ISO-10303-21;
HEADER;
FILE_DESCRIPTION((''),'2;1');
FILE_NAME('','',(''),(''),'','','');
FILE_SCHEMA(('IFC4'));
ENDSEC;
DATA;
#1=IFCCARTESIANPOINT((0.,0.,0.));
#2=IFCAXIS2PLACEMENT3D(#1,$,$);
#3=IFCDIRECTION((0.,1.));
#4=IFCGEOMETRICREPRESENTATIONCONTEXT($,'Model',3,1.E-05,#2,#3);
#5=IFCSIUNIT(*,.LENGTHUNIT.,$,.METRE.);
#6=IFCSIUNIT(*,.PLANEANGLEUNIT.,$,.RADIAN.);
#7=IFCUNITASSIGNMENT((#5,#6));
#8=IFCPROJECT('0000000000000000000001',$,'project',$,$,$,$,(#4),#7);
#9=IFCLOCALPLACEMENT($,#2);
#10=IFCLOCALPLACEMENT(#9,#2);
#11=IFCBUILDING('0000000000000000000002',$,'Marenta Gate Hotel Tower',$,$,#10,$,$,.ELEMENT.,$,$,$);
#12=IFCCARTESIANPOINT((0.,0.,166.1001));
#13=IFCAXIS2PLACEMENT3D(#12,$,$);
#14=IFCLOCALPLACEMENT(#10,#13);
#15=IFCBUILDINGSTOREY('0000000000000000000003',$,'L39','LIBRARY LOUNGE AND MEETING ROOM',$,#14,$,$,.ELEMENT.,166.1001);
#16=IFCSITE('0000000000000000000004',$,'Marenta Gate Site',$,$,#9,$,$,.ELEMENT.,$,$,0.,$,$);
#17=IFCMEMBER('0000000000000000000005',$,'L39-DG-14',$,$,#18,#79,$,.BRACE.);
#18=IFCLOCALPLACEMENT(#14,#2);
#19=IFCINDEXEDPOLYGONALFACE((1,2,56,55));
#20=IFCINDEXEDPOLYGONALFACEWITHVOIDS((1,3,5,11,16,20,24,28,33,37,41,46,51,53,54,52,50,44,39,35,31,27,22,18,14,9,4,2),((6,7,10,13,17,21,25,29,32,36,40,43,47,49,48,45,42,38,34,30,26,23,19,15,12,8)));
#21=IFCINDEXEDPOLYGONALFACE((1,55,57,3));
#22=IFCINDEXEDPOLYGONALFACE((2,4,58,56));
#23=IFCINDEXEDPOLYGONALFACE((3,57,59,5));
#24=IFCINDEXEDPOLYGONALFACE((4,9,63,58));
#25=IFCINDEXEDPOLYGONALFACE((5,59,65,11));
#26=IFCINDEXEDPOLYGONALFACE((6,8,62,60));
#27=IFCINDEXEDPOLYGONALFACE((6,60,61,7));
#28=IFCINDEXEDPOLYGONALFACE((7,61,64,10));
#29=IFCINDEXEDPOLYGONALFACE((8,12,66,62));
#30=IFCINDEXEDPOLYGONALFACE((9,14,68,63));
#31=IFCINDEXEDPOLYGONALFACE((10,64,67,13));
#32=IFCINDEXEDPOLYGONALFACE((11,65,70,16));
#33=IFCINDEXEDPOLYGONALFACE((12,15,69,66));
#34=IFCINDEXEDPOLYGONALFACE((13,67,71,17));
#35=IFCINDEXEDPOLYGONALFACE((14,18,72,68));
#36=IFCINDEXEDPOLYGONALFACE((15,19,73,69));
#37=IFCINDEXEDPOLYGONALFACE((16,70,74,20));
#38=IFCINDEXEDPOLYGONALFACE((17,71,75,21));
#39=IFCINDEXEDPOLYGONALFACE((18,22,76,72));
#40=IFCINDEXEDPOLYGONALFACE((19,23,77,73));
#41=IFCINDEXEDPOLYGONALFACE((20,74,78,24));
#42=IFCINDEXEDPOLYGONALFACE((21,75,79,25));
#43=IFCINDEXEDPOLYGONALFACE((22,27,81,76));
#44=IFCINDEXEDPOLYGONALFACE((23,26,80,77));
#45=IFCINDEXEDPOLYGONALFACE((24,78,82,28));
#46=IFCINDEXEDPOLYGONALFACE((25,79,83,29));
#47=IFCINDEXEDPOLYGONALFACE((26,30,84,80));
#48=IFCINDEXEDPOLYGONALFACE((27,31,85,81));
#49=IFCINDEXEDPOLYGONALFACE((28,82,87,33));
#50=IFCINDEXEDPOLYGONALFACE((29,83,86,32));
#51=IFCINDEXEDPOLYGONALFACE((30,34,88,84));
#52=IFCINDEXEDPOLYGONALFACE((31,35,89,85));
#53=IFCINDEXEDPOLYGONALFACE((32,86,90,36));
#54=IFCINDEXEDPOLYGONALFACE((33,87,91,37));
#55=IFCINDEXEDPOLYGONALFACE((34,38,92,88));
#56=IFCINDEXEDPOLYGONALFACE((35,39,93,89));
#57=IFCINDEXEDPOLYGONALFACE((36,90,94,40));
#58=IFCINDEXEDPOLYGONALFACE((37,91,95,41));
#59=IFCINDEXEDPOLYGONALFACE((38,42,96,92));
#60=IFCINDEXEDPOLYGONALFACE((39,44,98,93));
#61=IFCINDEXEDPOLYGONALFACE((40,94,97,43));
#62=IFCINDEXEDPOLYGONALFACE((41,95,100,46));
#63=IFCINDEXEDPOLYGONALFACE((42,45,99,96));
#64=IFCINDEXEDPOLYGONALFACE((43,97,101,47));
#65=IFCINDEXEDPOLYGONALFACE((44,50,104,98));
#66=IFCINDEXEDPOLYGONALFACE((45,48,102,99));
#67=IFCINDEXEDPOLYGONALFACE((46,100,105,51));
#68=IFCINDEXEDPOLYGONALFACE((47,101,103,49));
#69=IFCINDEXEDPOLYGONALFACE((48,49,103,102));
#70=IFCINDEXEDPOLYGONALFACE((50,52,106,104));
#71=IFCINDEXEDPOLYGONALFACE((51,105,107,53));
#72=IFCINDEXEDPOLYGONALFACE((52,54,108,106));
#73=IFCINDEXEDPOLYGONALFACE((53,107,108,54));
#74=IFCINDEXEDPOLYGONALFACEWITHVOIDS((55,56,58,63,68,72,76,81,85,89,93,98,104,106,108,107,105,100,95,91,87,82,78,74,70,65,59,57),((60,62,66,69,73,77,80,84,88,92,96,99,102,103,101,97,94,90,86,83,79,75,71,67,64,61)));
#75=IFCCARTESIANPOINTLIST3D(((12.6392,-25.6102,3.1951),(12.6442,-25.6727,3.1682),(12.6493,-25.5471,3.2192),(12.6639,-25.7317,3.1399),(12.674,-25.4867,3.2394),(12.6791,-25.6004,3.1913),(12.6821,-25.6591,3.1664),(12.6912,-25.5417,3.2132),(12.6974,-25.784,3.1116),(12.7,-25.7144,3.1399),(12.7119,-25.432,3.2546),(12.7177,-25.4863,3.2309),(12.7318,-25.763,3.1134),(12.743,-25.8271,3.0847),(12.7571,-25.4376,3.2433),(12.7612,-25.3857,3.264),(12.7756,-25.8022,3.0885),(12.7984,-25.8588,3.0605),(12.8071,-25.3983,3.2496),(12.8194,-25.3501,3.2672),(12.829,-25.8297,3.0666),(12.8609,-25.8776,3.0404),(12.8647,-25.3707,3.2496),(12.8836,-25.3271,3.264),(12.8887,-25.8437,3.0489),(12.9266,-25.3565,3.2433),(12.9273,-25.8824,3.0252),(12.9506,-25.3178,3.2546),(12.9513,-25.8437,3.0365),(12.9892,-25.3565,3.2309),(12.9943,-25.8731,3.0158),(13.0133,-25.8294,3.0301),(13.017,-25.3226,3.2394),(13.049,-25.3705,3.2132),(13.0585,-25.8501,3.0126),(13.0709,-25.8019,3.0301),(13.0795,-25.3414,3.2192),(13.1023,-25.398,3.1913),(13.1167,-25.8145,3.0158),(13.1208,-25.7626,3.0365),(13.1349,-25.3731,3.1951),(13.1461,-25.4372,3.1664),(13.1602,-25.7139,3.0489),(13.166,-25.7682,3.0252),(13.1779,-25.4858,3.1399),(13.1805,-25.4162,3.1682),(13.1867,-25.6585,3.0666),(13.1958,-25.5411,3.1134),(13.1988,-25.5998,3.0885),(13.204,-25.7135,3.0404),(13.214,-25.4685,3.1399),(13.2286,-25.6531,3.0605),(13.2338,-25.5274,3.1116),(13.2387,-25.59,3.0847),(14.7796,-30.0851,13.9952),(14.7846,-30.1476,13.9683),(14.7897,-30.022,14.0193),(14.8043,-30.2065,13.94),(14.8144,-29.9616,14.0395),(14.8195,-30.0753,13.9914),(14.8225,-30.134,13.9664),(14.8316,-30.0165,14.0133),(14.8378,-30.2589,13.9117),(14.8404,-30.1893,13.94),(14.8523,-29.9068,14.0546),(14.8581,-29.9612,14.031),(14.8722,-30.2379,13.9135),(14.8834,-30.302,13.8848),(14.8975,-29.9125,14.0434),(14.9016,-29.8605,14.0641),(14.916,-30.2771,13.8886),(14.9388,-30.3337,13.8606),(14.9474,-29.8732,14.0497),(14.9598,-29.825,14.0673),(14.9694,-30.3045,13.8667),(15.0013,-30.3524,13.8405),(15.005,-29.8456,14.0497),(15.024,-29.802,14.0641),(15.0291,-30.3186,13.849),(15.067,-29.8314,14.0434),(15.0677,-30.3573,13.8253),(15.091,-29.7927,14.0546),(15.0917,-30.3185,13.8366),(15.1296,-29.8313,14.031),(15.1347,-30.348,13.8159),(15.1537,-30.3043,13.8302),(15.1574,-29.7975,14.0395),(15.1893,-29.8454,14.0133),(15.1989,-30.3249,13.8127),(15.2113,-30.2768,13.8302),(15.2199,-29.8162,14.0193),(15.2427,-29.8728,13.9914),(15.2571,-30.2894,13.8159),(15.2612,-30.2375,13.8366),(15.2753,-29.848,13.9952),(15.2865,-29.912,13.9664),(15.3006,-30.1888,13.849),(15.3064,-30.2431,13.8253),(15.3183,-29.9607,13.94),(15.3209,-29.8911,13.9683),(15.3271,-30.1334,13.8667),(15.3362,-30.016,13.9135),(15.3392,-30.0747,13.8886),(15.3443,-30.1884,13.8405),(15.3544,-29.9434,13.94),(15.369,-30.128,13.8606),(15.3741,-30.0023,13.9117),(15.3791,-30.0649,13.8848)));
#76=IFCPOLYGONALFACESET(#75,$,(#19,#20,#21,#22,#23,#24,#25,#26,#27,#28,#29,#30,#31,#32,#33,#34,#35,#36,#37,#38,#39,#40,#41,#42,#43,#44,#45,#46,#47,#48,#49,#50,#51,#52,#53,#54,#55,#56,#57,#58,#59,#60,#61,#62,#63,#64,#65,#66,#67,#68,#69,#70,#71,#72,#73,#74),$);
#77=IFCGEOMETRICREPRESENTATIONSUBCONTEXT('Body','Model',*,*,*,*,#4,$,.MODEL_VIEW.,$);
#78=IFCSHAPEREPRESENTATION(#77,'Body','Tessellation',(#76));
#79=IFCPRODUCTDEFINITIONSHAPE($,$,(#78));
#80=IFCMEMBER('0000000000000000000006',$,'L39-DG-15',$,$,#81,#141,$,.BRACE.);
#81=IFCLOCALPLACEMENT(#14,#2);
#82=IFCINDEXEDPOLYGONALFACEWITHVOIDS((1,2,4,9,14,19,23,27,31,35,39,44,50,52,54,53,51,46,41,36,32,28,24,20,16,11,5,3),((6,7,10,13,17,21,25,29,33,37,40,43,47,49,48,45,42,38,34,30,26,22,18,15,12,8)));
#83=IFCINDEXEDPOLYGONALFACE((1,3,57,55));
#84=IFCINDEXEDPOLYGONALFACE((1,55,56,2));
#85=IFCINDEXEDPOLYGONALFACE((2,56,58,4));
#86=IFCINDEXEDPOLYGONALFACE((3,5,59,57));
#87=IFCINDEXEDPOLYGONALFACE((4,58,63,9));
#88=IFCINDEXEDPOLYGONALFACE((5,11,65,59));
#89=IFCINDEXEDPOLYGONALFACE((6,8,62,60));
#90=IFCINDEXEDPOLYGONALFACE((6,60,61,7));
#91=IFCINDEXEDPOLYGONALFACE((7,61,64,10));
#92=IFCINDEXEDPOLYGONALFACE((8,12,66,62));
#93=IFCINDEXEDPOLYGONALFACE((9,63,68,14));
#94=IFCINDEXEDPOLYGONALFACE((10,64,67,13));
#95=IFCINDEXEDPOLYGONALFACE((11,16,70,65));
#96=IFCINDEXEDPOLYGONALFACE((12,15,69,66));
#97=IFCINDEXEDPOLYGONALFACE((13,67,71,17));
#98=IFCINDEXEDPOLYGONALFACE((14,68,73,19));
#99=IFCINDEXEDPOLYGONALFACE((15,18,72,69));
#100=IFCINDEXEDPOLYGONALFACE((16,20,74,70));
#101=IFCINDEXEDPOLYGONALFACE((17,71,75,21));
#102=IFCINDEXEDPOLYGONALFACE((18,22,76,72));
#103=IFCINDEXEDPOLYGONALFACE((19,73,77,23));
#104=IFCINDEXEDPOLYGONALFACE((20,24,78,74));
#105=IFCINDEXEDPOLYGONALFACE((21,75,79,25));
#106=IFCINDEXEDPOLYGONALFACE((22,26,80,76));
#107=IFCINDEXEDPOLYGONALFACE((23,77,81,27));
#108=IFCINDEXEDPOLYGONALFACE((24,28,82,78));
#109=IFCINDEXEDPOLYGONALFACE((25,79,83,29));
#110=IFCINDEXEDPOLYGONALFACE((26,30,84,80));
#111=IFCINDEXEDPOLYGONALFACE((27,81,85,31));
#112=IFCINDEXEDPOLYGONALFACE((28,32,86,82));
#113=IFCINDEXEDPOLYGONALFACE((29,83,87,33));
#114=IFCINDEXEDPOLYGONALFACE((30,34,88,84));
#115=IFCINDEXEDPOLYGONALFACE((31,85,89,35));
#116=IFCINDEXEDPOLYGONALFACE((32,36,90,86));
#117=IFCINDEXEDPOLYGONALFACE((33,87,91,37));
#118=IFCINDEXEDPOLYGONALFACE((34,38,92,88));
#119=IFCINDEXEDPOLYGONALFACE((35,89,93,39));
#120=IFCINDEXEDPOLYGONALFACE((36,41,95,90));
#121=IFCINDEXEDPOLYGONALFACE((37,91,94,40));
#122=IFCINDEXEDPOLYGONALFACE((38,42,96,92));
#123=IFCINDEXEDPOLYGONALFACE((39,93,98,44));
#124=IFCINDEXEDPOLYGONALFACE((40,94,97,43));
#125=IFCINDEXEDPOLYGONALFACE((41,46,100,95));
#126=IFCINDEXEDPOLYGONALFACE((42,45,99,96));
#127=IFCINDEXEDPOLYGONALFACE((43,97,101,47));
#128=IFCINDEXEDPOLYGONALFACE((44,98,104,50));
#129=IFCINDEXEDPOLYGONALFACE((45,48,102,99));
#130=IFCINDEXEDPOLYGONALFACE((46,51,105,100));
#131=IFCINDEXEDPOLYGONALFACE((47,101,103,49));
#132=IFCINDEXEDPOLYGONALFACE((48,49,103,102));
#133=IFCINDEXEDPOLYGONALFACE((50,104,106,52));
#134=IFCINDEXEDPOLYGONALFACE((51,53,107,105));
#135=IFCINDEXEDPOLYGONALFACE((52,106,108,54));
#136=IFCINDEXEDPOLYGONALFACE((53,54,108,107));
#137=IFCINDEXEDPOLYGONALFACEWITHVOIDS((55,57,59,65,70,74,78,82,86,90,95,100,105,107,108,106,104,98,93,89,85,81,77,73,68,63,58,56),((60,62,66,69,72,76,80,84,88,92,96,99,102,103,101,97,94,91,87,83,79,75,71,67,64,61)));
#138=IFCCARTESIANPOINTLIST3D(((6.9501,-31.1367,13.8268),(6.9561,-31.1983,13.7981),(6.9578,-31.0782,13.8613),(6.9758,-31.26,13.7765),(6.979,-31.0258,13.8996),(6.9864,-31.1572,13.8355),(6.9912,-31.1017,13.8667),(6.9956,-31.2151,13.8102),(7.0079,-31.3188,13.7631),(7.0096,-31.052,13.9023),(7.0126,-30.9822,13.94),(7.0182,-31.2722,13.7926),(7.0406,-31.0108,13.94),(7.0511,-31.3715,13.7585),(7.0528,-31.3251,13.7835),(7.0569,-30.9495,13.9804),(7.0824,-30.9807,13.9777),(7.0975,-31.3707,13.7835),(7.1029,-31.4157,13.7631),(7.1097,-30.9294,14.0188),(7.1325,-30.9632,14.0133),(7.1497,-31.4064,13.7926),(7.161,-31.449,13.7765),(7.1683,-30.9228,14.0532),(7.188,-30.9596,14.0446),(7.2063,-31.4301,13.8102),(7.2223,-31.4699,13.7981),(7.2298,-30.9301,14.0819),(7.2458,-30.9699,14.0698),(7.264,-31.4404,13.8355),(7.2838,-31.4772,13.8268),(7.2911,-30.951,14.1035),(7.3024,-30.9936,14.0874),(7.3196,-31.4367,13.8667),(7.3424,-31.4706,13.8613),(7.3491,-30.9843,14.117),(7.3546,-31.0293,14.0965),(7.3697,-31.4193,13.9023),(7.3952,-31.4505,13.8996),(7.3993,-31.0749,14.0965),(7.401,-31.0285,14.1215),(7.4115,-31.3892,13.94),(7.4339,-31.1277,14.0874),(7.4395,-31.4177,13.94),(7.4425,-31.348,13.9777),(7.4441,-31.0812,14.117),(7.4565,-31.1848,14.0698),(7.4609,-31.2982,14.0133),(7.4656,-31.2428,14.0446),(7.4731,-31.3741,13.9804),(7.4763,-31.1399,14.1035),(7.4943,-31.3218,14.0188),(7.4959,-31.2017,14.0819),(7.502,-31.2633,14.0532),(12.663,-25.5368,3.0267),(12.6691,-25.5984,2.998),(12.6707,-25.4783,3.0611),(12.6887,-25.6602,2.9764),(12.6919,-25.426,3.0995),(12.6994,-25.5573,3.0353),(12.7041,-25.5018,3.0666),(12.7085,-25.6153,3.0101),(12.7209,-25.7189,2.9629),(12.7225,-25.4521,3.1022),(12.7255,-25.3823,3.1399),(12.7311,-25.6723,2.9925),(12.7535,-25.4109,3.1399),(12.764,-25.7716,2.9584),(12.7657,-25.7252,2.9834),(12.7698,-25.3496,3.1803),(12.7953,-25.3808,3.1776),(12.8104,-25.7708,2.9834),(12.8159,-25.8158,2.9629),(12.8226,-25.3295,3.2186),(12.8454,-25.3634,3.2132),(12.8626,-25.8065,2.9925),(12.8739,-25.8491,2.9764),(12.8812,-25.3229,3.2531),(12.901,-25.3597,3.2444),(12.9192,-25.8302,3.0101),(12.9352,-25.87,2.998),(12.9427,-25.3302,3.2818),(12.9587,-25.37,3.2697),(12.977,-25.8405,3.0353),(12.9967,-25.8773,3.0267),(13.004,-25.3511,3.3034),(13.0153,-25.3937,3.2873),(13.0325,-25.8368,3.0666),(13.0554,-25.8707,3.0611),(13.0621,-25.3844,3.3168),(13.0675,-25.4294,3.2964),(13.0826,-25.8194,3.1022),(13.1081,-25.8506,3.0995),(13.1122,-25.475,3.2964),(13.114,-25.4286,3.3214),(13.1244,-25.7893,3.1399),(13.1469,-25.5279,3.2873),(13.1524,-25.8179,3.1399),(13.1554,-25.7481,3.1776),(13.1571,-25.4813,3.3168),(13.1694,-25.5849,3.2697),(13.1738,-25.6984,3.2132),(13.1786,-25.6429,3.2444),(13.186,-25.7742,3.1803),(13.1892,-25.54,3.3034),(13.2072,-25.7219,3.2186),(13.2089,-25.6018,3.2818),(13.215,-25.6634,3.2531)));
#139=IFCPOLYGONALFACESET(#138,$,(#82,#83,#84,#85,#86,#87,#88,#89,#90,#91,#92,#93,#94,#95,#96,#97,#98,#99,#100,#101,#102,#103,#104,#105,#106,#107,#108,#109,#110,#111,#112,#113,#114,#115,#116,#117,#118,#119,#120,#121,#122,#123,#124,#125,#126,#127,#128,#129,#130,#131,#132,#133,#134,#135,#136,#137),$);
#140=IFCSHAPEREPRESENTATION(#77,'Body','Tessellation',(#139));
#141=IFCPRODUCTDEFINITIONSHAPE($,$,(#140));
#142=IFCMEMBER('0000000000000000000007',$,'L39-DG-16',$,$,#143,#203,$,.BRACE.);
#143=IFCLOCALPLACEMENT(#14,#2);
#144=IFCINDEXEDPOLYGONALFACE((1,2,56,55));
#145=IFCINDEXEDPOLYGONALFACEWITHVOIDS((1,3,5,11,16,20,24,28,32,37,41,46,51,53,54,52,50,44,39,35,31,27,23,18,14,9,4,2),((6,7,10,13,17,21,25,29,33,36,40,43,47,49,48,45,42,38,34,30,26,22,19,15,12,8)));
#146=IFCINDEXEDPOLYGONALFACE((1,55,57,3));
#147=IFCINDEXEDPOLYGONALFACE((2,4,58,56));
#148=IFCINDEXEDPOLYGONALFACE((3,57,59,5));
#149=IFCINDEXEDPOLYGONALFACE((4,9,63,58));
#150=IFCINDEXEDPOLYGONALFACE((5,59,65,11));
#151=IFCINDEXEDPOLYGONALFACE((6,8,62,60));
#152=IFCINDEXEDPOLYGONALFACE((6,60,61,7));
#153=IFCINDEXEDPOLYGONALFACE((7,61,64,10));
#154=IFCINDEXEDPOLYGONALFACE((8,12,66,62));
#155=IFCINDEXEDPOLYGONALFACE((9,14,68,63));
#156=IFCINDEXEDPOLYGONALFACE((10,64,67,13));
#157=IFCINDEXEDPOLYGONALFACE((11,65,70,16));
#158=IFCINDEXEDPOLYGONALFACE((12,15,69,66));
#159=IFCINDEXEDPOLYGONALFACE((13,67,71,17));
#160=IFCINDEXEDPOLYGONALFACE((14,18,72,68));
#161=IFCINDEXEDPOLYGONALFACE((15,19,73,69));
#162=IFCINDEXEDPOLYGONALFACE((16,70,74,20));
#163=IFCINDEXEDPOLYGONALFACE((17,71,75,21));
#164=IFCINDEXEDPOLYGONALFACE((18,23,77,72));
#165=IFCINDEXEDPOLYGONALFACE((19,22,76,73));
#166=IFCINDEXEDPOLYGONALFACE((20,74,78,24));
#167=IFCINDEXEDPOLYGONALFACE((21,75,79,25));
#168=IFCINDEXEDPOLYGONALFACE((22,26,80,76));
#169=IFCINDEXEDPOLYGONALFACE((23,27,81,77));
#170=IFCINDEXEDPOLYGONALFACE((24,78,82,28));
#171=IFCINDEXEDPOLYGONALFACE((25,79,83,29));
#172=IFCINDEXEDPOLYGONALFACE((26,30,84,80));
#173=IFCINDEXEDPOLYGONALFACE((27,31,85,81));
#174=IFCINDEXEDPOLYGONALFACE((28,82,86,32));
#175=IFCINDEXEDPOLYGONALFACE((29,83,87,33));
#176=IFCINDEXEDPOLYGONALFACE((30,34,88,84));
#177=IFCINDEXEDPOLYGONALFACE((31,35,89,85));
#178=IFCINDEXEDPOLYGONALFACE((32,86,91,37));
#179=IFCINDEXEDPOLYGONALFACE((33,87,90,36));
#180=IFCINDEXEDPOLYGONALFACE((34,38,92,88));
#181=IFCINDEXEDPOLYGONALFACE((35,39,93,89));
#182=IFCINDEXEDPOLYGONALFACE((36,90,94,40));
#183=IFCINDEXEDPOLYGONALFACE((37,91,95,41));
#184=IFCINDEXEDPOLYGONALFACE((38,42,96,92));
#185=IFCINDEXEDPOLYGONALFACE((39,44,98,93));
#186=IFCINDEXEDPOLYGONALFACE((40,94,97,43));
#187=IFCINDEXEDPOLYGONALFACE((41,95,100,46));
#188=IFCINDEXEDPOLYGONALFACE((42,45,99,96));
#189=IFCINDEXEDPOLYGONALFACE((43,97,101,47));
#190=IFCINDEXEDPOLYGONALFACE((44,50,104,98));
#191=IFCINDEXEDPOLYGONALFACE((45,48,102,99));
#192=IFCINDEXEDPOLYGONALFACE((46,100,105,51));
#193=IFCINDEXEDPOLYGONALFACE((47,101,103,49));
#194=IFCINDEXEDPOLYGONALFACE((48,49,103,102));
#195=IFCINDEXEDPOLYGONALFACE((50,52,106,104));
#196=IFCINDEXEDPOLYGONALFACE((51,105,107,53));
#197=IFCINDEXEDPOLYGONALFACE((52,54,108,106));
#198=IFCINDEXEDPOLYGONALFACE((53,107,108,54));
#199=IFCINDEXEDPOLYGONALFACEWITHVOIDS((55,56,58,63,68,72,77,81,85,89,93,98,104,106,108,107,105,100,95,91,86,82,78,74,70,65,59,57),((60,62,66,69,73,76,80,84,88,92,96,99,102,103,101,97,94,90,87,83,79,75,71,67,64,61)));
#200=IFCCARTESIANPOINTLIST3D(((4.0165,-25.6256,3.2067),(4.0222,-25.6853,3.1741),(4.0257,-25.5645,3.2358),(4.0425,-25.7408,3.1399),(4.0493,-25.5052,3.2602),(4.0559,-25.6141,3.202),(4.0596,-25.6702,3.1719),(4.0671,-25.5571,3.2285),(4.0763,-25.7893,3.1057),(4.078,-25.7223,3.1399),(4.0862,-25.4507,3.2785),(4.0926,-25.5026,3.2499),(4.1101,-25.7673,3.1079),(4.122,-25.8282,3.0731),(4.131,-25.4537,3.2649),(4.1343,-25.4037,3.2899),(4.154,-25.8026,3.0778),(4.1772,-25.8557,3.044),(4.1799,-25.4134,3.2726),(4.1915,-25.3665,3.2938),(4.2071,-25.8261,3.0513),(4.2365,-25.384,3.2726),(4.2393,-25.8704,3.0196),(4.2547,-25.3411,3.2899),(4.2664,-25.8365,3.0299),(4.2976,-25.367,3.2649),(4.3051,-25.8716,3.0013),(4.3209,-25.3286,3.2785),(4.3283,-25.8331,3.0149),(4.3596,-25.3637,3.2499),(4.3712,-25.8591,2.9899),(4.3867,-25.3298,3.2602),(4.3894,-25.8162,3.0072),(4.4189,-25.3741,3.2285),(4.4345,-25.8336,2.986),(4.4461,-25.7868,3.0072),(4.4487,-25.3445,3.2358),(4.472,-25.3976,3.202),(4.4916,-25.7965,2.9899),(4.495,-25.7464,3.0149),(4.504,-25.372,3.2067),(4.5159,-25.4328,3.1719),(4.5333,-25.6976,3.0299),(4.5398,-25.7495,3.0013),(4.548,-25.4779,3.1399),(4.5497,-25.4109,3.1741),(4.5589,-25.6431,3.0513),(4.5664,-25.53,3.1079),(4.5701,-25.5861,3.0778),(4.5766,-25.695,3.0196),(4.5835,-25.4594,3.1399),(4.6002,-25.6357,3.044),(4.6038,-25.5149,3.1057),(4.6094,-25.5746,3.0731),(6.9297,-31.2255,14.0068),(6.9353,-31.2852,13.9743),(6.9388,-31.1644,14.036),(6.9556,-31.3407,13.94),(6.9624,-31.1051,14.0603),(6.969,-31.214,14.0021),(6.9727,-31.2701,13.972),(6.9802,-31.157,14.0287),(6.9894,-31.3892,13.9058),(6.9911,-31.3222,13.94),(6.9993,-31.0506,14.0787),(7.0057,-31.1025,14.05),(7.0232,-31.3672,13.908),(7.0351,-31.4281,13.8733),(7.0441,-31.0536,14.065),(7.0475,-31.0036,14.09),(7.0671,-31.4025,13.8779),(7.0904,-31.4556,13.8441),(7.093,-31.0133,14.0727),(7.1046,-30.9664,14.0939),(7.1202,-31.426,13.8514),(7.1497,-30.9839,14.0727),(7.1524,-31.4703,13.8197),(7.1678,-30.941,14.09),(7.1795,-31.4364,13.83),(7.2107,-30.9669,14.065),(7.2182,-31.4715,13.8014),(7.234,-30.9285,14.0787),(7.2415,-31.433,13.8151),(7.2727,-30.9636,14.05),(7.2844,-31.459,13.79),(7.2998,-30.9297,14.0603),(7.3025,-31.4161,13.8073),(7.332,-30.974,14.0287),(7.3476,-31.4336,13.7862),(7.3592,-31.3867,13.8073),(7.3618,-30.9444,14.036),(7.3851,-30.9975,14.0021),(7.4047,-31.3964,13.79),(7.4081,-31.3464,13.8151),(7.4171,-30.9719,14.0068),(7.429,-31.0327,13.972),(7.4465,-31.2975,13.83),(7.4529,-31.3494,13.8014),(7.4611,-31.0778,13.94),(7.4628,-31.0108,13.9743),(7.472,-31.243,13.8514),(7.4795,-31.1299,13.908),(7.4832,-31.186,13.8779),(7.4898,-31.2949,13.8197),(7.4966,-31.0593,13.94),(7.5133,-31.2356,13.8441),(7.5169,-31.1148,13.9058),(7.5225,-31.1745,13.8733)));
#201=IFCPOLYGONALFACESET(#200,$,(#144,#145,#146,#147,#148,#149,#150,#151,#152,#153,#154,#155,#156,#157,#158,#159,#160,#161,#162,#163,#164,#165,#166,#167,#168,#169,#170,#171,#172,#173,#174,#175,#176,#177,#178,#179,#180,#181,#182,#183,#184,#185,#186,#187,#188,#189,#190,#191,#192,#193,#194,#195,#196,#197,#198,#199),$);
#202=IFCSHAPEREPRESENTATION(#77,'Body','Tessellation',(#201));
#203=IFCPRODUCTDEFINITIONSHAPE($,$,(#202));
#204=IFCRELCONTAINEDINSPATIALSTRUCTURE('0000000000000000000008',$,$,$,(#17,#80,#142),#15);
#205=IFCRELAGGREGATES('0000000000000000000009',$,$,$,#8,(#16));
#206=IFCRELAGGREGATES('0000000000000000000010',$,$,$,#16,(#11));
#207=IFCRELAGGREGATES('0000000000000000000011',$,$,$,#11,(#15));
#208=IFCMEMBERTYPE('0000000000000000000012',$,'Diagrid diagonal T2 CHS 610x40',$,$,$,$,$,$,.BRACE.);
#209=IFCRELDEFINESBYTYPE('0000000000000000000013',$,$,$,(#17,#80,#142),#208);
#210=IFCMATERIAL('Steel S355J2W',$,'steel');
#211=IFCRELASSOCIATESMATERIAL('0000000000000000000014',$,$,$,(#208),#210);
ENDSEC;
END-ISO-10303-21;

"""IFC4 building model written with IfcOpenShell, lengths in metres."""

from ifc_helpers import new_model, si_unit, direction, frame, origin, origin_2d, place, context, subcontext, project, spatial, hollow_circle, extrude, material, material_profile, profile_set, type_object, element, save


model = new_model("IFC4")

# Units and contexts
model_context = context("Model", 3, precision=1e-05, world=origin(), true_north=direction((0.0, 1.0)))
body_context = subcontext(model_context, "Body", "Model", "MODEL_VIEW")
ifc_project = project(units=[si_unit("LENGTHUNIT", "METRE"), si_unit("PLANEANGLEUNIT", "RADIAN")], contexts=[model_context])

# Site, building, storey
site_placement = place(None, origin())
site = spatial("IfcSite", under=ifc_project, at=site_placement, Name="Marenta Gate Site", CompositionType="ELEMENT", RefElevation=0.0)
building_placement = place(site_placement, origin())
building = spatial("IfcBuilding", under=site, at=building_placement, Name="Marenta Gate Hotel Tower", CompositionType="ELEMENT")
storey_placement = place(building_placement, frame((0.0, 0.0, 166.1001)))
storey = spatial("IfcBuildingStorey", under=building, at=storey_placement, Name="L39", Description="LIBRARY LOUNGE AND MEETING ROOM", CompositionType="ELEMENT", Elevation=166.1001)

# Members
ifc_material_1 = material(Name="Steel S355J2W", Category="steel")
ifc_material_profile_1 = material_profile(ifc_material_1, hollow_circle(Radius=0.3049, WallThickness=0.04, at=origin_2d()), Name="CHS 610x40")
ifc_profile_set_1 = profile_set([ifc_material_profile_1], Name="Steel S355J2W")
member_type_1 = type_object("IfcMemberType", Name="Diagrid diagonal T2 CHS 610x40", PredefinedType="BRACE", material=ifc_profile_set_1)
member_1_placement = place(storey_placement, frame((12.939, -25.6001, 3.1399), z_axis=(0.180095, -0.376522, 0.908734), x_axis=(0.902116, 0.431494, 0.0)))
element("IfcMember", 1, at=member_1_placement, inside=storey, type_object=member_type_1, Name="L39-DG-14", PredefinedType="BRACE", context=body_context, shape_type="SweptSolid", body=[
    extrude(hollow_circle(Radius=0.3049, WallThickness=0.04, at=origin_2d()), origin(), (0.0, 0.0, 1.0), 11.8848),
])
member_2_placement = place(storey_placement, frame((12.939, -25.6001, 3.1399), z_axis=(-0.425063, -0.416652, 0.803569), x_axis=(0.700006, -0.714137, 0.0)))
element("IfcMember", 2, at=member_2_placement, inside=storey, type_object=member_type_1, Name="L39-DG-15", PredefinedType="BRACE", context=body_context, shape_type="SweptSolid", body=[
    extrude(hollow_circle(Radius=0.3049, WallThickness=0.04, at=origin_2d()), origin(), (0.0, 0.0, 1.0), 13.4402),
])
member_3_placement = place(storey_placement, frame((4.313, -25.6001, 3.1399), z_axis=(0.232871, -0.447651, 0.863354), x_axis=(0.887141, 0.461498, 0.0)))
element("IfcMember", 3, at=member_3_placement, inside=storey, type_object=member_type_1, Name="L39-DG-16", PredefinedType="BRACE", context=body_context, shape_type="SweptSolid", body=[
    extrude(hollow_circle(Radius=0.3049, WallThickness=0.04, at=origin_2d()), origin(), (0.0, 0.0, 1.0), 12.5095),
])

save(model, "model.ifc")
